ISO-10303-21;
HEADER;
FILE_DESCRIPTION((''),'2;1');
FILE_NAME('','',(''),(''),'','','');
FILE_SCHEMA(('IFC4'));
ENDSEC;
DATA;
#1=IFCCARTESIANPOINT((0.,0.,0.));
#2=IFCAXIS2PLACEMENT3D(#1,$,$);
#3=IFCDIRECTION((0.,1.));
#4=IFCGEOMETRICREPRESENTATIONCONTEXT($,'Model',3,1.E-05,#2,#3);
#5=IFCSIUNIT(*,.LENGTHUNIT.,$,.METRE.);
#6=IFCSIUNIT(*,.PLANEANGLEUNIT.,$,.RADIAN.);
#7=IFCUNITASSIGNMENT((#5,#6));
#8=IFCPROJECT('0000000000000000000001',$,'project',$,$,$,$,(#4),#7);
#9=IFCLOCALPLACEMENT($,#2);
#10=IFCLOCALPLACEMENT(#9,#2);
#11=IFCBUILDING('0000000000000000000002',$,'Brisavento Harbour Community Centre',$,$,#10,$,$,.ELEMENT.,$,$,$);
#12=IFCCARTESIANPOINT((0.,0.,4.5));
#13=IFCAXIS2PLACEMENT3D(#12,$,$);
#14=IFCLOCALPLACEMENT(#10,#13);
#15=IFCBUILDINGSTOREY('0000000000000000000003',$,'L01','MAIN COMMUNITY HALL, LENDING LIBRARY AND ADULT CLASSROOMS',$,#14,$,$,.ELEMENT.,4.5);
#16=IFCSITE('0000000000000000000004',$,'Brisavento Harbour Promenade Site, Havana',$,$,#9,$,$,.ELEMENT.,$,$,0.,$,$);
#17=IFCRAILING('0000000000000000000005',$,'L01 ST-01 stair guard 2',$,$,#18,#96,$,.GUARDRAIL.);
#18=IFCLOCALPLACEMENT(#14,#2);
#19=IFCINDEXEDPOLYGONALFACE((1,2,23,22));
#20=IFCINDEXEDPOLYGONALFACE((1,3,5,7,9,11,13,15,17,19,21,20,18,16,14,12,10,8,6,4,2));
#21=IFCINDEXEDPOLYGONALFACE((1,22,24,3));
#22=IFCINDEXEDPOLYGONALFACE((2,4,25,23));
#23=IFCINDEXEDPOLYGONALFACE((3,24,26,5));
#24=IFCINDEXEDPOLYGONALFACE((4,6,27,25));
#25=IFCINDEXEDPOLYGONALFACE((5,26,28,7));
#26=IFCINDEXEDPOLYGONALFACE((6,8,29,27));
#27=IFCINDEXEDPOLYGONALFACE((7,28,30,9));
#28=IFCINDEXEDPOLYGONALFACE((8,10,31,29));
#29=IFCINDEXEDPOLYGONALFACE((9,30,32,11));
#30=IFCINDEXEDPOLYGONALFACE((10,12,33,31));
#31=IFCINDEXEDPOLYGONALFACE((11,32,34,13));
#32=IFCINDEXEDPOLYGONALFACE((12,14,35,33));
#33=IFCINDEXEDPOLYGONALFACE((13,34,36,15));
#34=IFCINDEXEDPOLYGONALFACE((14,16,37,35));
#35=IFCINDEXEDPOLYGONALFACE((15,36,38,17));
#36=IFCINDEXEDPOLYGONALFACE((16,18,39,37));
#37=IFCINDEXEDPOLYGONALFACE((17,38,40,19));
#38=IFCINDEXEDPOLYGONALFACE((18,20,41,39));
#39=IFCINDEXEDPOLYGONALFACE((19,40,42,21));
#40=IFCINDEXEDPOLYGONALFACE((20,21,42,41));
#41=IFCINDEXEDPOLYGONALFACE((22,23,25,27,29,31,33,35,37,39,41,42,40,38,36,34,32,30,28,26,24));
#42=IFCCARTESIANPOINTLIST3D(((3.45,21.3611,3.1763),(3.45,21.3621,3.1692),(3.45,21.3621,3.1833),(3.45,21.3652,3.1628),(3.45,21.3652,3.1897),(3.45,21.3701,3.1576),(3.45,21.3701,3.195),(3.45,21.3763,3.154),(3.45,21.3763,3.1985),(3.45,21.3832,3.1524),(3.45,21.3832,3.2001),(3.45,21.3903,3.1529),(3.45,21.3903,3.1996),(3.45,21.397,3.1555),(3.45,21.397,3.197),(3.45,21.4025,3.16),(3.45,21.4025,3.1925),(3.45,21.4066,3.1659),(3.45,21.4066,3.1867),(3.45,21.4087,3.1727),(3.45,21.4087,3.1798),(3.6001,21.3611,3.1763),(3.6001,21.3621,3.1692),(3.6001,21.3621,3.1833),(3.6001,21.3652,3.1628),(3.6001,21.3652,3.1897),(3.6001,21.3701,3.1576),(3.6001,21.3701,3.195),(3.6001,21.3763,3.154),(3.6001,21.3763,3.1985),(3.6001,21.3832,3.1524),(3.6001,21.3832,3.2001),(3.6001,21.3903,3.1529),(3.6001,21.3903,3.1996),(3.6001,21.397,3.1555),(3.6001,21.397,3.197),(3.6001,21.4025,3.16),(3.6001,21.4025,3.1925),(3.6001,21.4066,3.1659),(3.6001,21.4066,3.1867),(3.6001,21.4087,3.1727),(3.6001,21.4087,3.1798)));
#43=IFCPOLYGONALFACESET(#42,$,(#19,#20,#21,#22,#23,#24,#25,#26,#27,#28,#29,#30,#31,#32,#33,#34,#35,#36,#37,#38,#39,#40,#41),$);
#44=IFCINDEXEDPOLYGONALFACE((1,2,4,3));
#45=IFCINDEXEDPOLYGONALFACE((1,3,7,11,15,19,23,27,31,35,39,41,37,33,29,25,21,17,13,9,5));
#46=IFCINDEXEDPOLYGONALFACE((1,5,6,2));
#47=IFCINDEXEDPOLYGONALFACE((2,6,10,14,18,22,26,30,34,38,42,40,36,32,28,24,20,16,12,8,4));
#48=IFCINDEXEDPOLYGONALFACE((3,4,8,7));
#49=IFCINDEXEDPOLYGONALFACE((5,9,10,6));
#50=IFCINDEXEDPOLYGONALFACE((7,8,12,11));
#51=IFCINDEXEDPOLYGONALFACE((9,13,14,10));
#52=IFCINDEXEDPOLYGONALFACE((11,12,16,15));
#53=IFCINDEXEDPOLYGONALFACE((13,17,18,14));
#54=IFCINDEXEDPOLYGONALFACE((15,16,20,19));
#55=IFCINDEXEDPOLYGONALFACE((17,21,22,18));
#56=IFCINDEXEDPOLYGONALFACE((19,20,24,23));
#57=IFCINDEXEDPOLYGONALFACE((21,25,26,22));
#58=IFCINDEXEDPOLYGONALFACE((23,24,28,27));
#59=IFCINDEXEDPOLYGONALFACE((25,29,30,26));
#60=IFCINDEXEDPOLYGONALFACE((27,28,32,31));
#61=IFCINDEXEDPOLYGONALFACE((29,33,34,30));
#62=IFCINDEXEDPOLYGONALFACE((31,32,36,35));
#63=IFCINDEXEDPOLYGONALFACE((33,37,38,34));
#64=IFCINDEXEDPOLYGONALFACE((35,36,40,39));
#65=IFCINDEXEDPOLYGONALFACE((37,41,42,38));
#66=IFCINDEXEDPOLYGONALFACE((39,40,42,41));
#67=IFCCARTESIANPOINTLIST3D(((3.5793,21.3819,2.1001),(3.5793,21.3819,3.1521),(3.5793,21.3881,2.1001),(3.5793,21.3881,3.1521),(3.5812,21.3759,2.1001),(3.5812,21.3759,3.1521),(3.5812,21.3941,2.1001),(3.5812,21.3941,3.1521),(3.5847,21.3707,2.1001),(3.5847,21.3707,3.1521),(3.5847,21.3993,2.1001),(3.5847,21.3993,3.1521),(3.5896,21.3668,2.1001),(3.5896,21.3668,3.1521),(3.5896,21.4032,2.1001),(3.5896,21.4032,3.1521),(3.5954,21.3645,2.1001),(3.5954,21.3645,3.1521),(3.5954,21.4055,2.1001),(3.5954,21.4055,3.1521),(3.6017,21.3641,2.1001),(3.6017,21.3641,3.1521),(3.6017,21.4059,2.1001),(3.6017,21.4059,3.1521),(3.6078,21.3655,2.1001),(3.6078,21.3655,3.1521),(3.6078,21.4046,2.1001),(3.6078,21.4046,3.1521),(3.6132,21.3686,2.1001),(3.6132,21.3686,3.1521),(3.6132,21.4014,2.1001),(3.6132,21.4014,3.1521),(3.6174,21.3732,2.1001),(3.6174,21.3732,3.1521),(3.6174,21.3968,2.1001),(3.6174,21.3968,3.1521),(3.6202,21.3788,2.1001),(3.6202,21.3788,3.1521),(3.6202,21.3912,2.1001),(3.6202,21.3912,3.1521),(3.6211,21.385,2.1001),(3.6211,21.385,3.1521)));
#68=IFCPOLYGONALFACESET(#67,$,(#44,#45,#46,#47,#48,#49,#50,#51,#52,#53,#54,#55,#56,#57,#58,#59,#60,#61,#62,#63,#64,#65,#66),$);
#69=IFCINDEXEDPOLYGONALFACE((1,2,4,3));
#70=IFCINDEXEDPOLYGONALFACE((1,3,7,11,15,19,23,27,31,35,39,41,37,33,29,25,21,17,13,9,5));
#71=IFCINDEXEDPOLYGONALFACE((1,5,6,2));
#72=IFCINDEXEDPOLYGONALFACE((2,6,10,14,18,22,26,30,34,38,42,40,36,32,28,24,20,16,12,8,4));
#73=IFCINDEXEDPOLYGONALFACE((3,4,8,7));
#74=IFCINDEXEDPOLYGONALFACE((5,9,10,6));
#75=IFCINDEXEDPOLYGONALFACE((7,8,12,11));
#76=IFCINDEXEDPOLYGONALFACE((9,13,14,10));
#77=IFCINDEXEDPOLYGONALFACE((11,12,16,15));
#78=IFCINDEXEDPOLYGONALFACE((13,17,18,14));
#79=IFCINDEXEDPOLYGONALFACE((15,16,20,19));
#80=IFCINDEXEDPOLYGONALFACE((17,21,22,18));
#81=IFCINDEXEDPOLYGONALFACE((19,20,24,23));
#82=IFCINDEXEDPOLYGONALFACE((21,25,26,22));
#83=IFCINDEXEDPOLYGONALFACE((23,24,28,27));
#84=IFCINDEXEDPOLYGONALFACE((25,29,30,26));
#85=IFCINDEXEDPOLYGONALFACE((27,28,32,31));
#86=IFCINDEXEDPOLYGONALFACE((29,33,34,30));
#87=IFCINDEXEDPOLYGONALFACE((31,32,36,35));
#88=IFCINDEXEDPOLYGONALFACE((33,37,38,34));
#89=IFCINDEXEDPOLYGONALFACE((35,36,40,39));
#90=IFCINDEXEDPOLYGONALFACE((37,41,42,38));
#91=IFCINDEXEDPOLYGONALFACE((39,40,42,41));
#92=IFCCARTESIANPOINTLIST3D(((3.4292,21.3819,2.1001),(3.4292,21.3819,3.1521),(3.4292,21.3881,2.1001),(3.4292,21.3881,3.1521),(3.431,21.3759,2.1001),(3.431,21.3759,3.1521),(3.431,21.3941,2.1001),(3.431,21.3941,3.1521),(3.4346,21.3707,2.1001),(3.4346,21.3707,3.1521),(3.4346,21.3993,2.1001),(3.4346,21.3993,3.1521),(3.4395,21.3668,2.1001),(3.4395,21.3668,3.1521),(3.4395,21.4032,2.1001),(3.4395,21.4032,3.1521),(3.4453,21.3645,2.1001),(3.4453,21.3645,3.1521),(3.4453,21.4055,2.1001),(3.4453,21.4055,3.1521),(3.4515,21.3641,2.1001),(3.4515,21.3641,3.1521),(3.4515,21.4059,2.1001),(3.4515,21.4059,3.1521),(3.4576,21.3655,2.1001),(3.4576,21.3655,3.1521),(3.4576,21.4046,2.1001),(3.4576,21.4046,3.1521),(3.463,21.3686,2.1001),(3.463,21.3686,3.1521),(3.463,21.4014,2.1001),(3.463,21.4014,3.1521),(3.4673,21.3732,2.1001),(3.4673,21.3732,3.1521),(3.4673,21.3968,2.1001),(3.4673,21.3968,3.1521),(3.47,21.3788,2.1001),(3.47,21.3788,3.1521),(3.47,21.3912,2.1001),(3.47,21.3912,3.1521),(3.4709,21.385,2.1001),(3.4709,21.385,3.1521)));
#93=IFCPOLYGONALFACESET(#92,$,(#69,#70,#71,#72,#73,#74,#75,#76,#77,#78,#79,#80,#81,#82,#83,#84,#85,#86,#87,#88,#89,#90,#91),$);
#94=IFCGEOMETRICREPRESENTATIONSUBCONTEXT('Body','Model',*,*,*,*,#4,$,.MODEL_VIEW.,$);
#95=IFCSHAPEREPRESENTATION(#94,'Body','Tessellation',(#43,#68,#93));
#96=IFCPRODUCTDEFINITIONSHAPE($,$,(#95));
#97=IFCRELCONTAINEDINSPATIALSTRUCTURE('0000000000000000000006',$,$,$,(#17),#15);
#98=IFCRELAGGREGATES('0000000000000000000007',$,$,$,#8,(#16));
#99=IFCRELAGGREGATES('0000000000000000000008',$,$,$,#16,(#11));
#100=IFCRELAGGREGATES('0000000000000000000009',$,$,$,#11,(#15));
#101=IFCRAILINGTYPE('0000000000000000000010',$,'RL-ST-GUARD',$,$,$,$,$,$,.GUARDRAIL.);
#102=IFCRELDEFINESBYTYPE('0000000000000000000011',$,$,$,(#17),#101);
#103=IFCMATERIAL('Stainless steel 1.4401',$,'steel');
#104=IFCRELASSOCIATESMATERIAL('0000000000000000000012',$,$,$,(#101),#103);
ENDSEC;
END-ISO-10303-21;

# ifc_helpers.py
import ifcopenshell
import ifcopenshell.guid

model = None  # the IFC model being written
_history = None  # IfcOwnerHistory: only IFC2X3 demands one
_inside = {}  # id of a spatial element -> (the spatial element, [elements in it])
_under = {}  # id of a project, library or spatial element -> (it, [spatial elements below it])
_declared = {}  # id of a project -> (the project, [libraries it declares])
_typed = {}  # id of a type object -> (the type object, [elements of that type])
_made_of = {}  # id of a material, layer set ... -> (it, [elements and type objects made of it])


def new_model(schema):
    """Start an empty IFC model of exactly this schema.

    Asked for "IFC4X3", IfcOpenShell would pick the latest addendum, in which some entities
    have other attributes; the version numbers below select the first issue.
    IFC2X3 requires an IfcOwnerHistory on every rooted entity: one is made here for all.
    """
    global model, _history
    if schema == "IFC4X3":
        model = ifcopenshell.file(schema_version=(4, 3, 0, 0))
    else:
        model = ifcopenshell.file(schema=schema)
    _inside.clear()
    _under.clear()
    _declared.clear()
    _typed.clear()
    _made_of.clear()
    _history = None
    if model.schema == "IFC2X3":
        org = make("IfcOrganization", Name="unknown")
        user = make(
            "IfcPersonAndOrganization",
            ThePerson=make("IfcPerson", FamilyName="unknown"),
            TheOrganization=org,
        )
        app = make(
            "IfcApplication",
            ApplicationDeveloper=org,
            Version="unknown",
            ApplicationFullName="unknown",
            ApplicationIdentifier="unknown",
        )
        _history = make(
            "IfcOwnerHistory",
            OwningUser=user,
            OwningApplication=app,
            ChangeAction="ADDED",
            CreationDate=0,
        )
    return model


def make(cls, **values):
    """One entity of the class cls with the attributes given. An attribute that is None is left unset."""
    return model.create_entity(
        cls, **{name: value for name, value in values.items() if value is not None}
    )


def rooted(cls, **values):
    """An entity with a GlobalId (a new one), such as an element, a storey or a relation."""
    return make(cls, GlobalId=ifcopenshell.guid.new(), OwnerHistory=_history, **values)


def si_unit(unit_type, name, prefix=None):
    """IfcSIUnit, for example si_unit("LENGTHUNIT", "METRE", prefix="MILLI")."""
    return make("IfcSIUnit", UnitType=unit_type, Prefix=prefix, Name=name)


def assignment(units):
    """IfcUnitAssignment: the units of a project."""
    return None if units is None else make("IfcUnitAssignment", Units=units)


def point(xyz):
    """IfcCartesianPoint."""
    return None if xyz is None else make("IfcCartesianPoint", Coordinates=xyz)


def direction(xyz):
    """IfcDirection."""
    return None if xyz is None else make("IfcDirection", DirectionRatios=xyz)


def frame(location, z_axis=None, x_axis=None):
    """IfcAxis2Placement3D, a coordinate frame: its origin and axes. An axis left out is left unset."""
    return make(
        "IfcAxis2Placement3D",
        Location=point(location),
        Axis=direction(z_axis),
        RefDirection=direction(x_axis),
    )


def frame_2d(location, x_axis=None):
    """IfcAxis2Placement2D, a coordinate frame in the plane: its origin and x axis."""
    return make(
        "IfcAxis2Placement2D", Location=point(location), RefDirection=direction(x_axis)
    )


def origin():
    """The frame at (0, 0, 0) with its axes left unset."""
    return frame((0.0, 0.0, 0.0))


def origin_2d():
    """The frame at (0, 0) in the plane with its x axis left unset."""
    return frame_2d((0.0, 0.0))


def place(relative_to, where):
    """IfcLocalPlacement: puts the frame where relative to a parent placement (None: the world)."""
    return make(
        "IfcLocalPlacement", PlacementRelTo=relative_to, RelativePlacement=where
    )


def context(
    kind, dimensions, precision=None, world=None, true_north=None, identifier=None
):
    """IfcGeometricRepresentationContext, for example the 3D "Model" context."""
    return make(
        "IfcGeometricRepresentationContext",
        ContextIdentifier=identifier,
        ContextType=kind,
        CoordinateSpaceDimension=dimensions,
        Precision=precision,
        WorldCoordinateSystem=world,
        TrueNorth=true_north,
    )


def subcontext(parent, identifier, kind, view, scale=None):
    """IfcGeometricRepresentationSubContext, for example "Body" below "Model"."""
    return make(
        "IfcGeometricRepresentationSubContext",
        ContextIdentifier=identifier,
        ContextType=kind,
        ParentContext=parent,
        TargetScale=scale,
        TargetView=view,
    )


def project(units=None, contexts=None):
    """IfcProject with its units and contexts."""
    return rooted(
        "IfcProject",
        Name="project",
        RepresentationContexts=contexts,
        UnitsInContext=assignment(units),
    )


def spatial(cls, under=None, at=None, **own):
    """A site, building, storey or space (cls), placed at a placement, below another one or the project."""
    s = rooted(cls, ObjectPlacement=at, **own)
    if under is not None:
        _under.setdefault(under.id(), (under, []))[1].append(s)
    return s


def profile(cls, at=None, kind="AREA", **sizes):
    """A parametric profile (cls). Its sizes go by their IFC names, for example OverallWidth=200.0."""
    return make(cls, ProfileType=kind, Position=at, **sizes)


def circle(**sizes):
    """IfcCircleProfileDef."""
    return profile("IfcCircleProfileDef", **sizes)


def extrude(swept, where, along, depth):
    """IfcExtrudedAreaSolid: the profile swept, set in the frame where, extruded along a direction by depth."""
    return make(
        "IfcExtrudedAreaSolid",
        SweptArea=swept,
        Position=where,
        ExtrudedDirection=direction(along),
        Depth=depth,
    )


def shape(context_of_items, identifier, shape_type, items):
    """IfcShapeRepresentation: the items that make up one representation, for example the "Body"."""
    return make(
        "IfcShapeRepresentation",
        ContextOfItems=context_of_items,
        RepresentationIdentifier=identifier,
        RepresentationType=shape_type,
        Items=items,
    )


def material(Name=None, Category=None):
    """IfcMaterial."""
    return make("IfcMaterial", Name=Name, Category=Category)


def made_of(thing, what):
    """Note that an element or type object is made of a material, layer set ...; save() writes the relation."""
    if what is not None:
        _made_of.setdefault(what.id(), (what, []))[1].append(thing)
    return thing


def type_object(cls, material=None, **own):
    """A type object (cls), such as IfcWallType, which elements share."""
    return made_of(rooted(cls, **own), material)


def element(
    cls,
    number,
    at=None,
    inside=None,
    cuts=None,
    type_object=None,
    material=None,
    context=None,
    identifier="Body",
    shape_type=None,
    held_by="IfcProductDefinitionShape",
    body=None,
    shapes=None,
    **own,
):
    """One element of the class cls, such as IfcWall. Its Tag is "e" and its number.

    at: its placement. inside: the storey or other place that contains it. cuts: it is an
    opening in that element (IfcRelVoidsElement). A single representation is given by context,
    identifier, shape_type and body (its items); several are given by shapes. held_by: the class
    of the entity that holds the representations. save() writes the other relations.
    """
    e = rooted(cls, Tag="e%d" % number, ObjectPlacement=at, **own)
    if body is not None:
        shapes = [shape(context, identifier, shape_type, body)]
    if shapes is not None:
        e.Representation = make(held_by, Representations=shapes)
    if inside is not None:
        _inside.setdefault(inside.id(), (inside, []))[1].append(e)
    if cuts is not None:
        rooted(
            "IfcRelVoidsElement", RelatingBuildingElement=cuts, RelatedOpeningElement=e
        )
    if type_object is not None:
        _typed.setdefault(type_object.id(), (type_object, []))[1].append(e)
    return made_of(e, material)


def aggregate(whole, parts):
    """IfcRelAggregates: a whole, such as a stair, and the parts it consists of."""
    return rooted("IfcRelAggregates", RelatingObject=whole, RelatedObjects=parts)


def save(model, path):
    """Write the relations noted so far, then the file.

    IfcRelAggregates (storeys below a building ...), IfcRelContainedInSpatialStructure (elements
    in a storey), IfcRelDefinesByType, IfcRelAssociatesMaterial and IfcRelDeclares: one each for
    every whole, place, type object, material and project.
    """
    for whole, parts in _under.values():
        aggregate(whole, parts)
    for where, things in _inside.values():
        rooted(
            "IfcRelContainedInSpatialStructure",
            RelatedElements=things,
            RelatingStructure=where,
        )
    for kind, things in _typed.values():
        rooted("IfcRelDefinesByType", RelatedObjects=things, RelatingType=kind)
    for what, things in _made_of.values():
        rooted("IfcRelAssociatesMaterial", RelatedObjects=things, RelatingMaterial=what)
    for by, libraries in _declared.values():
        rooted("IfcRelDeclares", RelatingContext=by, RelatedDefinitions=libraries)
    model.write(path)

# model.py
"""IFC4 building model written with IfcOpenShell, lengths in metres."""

from ifc_helpers import new_model, si_unit, direction, frame, origin, origin_2d, place, context, subcontext, project, spatial, circle, extrude, material, type_object, element, save


model = new_model("IFC4")

# Units and contexts
model_context = context("Model", 3, precision=1e-05, world=origin(), true_north=direction((0.0, 1.0)))
body_context = subcontext(model_context, "Body", "Model", "MODEL_VIEW")
ifc_project = project(units=[si_unit("LENGTHUNIT", "METRE"), si_unit("PLANEANGLEUNIT", "RADIAN")], contexts=[model_context])

# Site, building, storey
site_placement = place(None, origin())
site = spatial("IfcSite", under=ifc_project, at=site_placement, Name="Brisavento Harbour Promenade Site, Havana", CompositionType="ELEMENT", RefElevation=0.0)
building_placement = place(site_placement, origin())
building = spatial("IfcBuilding", under=site, at=building_placement, Name="Brisavento Harbour Community Centre", CompositionType="ELEMENT")
storey_placement = place(building_placement, frame((0.0, 0.0, 4.5)))
storey = spatial("IfcBuildingStorey", under=building, at=storey_placement, Name="L01", Description="MAIN COMMUNITY HALL, LENDING LIBRARY AND ADULT CLASSROOMS", CompositionType="ELEMENT", Elevation=4.5)

# Shared definitions
ifc_material_1 = material(Name="Stainless steel 1.4401", Category="steel")

# Railing
railing_type_1 = type_object("IfcRailingType", Name="RL-ST-GUARD", PredefinedType="GUARDRAIL", material=ifc_material_1)
railing_1_placement = place(storey_placement, frame((3.6001, 21.385, 2.1001)))
element("IfcRailing", 1, at=railing_1_placement, inside=storey, type_object=railing_type_1, Name="L01 ST-01 stair guard 2", PredefinedType="GUARDRAIL", context=body_context, shape_type="SweptSolid", body=[
    extrude(circle(Radius=0.0239, at=origin_2d()), frame((0.0, 0.0, 1.0762), z_axis=(-1.0, 0.0, 0.0), x_axis=(0.0, -1.0, 0.0)), (0.0, 0.0, 1.0), 0.1501),
    extrude(circle(Radius=0.021, at=origin_2d()), origin(), (0.0, 0.0, 1.0), 1.052),
    extrude(circle(Radius=0.021, at=origin_2d()), frame((-0.1501, 0.0, 0.0)), (0.0, 0.0, 1.0), 1.052),
])

save(model, "model.ifc")
